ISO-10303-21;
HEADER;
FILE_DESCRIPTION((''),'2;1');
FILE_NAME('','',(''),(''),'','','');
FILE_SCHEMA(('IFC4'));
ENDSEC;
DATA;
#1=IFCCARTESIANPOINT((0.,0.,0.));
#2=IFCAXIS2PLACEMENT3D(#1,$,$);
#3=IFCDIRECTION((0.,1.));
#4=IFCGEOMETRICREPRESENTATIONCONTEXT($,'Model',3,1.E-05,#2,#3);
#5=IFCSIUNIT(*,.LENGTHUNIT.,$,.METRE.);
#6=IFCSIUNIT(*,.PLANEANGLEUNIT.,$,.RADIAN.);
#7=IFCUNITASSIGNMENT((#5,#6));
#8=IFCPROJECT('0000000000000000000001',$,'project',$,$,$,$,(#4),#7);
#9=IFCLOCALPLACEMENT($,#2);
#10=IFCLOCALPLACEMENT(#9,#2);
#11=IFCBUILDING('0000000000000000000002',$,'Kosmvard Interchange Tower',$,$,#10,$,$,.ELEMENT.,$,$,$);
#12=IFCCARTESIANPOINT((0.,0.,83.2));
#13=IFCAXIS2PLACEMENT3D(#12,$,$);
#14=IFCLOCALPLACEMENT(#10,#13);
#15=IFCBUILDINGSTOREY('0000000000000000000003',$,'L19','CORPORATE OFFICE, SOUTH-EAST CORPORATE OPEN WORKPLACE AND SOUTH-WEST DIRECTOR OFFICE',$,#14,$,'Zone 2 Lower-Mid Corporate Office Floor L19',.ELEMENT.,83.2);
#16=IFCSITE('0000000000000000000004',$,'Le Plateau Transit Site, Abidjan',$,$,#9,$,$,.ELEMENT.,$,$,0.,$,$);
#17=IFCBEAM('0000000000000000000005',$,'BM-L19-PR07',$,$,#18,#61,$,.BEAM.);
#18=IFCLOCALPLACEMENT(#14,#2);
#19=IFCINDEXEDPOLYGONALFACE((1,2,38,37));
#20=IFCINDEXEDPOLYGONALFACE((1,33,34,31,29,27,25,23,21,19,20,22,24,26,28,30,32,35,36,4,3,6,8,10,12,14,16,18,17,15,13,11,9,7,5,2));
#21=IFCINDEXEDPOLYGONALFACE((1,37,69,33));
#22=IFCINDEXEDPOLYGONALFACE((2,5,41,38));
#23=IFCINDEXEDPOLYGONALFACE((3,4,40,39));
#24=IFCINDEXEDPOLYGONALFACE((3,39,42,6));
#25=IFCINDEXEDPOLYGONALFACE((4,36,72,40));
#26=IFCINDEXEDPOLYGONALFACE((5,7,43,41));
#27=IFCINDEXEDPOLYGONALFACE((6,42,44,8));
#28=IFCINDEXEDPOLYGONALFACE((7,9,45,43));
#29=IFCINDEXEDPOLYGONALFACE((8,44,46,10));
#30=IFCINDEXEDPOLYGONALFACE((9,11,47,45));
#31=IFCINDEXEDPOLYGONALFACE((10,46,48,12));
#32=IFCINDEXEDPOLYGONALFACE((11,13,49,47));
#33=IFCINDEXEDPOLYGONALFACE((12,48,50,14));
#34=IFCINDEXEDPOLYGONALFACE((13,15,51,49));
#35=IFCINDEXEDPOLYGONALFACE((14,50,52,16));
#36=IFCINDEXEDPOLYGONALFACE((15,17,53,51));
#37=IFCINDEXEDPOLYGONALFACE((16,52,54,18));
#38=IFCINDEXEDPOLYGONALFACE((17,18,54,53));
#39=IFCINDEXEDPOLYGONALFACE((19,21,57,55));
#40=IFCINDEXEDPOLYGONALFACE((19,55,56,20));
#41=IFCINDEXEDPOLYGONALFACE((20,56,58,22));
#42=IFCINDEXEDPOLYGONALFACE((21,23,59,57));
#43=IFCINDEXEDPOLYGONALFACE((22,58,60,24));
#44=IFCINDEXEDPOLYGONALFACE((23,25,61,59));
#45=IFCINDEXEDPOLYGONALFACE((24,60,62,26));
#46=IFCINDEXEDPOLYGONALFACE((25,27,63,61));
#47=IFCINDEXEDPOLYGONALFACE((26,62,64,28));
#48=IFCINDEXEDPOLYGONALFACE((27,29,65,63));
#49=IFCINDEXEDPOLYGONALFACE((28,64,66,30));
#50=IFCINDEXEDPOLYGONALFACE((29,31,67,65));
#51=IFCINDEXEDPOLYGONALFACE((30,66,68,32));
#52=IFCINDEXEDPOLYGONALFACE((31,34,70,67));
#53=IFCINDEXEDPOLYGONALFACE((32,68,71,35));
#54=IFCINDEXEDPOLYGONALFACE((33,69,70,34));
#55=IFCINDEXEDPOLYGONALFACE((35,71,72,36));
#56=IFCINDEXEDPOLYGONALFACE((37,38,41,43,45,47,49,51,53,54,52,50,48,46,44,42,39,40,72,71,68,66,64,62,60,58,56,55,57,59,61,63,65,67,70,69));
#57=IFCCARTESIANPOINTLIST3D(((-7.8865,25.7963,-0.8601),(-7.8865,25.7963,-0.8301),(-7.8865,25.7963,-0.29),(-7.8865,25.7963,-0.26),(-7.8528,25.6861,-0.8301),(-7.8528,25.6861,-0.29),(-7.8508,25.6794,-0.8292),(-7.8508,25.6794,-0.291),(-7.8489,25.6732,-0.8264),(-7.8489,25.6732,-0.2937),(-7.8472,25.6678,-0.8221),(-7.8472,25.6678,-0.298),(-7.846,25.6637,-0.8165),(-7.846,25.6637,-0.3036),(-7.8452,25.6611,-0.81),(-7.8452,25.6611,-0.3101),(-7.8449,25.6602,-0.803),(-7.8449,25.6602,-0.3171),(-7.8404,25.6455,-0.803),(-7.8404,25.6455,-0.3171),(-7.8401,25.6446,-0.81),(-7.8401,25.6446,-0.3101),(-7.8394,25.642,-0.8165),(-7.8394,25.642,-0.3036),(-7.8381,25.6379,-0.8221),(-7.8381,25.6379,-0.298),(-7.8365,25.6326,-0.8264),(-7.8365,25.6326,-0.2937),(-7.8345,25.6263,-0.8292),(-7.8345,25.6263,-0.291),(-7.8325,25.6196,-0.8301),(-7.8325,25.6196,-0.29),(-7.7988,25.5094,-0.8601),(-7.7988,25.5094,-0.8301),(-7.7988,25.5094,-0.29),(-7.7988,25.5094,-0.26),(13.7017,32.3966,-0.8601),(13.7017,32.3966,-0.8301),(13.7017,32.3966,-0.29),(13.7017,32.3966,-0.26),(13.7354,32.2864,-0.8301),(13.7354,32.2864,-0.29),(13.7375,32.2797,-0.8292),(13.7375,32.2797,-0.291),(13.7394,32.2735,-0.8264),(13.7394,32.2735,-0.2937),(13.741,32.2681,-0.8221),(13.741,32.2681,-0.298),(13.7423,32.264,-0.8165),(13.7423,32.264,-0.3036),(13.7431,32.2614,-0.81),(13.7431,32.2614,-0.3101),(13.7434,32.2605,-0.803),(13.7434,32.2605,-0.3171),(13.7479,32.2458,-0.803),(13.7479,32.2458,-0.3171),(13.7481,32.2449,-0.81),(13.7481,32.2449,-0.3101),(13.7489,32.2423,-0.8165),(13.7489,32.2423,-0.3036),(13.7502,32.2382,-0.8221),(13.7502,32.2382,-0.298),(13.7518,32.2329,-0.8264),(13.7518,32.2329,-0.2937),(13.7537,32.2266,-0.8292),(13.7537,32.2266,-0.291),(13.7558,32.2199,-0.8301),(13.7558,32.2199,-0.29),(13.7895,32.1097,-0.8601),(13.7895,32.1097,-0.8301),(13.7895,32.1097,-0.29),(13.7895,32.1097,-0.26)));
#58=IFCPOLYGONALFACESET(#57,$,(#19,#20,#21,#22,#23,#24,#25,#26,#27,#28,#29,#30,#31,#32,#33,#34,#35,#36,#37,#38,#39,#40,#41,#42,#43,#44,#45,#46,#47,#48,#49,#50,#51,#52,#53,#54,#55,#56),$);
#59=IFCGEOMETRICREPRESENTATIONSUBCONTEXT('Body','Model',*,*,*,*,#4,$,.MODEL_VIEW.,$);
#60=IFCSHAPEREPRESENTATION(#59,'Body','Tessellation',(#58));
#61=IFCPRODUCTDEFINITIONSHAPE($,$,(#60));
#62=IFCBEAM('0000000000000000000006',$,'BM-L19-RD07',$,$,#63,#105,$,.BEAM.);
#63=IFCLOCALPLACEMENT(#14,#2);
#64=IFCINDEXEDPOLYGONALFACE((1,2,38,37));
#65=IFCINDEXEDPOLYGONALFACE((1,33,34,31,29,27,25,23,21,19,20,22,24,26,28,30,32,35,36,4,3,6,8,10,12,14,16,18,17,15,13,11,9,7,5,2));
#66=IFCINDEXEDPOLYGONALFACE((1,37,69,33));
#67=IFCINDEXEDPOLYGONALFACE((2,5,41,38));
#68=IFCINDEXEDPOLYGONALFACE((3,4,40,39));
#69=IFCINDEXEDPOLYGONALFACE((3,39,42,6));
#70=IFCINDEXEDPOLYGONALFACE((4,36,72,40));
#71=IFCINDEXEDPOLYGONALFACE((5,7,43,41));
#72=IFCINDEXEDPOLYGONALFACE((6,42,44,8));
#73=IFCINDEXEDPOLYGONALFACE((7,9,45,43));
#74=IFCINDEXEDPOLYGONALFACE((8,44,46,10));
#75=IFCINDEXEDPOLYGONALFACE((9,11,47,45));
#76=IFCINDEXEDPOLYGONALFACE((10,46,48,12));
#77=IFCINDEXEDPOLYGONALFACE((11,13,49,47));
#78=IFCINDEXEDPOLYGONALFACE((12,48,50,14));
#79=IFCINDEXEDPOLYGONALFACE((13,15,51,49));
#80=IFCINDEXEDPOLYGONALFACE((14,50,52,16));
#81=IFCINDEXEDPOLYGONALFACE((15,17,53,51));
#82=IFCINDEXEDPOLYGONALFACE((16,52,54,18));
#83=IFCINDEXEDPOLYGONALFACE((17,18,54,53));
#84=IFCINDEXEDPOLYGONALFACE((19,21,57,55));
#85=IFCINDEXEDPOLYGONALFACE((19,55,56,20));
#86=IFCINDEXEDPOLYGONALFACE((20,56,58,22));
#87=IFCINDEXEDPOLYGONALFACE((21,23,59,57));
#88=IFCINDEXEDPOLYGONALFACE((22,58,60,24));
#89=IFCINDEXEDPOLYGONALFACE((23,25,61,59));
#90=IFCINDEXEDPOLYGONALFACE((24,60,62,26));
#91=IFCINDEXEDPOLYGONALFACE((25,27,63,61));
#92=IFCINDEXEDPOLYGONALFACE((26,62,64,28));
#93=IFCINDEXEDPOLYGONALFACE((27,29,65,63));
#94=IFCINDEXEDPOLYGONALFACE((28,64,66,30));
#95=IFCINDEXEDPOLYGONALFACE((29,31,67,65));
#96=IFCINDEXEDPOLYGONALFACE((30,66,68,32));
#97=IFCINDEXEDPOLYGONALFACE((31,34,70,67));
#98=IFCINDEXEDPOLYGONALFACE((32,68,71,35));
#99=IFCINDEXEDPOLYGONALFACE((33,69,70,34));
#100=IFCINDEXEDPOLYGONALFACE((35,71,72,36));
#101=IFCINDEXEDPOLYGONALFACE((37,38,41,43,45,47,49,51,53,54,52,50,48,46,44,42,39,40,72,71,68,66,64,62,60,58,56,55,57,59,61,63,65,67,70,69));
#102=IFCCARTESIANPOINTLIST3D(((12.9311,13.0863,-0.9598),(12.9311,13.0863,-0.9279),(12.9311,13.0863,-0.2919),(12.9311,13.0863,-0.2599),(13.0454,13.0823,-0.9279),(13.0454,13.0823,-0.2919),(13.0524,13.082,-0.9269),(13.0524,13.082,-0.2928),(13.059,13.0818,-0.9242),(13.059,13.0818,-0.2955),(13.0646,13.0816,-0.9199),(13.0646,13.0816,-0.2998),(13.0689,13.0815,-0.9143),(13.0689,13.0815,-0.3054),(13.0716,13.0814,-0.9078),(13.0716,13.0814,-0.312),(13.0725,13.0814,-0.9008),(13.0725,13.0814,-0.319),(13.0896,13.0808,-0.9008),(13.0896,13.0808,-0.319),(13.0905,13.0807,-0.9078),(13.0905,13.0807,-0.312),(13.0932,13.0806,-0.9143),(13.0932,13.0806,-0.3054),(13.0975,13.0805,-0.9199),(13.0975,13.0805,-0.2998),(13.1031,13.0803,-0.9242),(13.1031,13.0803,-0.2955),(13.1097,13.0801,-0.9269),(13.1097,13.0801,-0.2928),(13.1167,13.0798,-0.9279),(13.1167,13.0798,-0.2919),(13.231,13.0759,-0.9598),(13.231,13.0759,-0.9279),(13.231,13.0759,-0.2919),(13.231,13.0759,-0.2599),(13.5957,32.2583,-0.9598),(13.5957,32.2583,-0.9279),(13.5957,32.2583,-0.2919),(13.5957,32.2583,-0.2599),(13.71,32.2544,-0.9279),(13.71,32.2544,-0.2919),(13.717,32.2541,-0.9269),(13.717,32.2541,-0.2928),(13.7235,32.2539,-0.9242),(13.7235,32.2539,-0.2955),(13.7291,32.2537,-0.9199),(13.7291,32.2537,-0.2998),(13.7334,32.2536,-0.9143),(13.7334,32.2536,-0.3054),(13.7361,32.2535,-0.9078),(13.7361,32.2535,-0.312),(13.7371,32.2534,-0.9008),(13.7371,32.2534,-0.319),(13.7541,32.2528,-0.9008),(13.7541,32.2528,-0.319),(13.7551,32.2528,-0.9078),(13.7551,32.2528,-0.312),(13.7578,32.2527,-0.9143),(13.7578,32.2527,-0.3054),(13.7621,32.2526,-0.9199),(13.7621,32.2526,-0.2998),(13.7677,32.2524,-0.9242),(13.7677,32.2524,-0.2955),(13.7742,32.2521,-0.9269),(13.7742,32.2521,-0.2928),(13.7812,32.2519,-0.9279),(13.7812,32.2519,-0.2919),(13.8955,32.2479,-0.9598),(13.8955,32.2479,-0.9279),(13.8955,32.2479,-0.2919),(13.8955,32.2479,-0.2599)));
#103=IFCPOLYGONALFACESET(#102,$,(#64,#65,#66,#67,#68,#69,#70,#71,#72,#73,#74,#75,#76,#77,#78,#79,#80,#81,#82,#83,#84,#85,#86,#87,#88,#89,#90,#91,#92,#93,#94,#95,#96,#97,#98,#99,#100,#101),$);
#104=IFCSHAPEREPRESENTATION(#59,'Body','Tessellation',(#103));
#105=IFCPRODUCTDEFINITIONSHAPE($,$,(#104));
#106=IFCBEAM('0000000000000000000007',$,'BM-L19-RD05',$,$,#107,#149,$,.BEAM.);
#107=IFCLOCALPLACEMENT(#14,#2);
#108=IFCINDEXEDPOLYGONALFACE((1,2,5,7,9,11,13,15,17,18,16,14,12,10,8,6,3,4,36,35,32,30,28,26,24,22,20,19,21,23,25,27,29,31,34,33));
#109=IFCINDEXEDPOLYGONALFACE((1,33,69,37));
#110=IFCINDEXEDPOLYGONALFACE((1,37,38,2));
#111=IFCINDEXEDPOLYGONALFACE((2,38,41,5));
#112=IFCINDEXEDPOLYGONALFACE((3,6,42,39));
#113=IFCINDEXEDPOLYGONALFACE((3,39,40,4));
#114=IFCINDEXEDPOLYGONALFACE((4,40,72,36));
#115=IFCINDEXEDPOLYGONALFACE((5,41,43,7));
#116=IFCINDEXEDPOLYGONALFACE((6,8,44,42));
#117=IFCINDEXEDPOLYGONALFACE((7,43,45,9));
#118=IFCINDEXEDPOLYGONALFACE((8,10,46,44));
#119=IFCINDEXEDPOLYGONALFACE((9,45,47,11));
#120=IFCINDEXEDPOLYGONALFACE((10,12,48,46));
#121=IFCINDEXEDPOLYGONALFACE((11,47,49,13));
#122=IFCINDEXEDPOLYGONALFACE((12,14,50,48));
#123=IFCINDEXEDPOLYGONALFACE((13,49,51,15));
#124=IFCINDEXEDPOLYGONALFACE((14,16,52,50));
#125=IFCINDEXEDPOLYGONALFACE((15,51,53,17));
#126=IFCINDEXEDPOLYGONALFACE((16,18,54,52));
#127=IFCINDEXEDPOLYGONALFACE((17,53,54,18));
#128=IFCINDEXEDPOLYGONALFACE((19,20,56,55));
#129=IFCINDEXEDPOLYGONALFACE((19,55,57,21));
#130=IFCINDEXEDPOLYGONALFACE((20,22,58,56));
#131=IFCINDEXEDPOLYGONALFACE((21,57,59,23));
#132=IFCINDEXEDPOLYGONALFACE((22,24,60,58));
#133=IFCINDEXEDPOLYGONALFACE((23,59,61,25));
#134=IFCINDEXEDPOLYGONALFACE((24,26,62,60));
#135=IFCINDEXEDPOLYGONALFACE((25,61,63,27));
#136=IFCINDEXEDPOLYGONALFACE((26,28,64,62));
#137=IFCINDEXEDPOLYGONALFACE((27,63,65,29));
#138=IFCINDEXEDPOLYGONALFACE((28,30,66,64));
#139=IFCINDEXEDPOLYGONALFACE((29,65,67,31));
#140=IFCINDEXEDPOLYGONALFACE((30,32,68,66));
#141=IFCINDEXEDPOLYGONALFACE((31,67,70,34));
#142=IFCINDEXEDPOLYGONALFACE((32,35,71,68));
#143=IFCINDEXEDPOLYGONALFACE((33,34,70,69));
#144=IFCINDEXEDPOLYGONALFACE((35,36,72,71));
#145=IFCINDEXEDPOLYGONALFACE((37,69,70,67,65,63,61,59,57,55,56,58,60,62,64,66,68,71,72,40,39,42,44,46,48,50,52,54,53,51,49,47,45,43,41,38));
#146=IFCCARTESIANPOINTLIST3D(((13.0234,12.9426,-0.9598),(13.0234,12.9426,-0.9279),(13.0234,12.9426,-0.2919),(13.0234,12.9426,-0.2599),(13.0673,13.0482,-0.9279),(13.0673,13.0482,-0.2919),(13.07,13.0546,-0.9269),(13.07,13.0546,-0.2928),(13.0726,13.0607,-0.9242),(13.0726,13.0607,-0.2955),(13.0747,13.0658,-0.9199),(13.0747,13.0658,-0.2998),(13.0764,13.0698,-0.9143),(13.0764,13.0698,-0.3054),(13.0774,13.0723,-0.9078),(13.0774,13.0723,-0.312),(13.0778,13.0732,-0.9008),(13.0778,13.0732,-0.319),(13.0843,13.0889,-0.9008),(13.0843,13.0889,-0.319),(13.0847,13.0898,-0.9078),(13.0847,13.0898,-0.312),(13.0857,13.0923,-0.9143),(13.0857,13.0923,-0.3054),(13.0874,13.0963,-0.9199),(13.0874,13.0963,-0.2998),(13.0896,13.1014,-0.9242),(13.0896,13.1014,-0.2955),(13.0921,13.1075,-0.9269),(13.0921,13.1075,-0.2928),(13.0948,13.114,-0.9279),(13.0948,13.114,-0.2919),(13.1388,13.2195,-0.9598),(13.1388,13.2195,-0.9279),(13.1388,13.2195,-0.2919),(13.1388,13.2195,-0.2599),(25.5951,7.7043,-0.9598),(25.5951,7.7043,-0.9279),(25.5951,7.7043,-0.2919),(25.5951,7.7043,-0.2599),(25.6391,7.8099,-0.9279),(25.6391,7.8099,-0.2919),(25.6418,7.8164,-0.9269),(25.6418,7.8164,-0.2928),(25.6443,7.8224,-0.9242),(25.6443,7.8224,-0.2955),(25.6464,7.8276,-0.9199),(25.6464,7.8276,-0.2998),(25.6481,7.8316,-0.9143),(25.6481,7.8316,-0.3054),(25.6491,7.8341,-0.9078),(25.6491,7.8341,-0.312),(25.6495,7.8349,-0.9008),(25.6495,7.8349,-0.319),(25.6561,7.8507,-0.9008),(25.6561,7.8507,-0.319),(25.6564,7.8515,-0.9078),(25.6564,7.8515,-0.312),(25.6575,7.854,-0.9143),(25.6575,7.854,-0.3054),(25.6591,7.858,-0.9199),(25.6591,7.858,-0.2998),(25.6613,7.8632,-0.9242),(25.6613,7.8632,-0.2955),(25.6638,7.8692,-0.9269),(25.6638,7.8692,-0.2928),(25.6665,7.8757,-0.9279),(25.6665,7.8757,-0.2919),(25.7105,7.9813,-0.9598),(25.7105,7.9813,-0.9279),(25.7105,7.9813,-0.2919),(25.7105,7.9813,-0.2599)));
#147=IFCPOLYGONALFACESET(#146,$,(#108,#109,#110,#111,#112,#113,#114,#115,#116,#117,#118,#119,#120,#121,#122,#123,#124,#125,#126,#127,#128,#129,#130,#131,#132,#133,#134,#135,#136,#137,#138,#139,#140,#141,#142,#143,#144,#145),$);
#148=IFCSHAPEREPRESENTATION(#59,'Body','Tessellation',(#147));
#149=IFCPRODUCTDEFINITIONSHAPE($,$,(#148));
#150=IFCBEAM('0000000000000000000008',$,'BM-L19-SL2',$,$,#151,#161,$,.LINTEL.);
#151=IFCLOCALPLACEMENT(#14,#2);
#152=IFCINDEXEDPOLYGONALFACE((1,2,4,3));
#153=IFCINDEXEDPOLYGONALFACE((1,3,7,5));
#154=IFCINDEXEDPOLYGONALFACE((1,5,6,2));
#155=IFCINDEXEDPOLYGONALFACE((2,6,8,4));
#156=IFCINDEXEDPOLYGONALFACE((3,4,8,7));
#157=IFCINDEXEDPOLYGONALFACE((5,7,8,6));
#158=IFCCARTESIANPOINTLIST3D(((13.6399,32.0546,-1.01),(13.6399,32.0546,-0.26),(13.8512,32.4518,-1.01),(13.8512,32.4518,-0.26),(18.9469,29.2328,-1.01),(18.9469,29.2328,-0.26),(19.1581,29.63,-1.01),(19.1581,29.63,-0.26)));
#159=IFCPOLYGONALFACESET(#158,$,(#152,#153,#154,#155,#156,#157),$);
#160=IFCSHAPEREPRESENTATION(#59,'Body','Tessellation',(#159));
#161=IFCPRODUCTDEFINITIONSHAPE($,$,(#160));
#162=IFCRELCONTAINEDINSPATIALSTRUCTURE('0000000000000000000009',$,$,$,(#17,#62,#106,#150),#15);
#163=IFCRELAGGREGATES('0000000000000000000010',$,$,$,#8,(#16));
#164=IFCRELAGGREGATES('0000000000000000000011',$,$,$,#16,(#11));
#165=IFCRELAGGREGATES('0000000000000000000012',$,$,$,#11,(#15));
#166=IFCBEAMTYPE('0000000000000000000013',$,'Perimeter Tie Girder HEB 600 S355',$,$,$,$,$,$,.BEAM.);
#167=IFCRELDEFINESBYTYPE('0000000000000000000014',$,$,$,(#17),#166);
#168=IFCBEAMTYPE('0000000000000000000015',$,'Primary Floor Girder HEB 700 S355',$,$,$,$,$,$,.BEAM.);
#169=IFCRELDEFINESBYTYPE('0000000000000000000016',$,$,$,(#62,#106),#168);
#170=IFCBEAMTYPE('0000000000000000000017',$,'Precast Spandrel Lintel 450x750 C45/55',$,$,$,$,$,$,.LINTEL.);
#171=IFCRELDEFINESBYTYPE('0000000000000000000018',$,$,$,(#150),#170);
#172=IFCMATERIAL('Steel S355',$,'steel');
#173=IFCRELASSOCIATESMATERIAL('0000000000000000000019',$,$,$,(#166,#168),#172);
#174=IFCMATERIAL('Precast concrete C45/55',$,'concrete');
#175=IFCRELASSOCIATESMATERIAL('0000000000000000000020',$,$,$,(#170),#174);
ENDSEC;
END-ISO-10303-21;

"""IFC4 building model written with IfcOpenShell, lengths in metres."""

from ifc_helpers import new_model, si_unit, direction, frame, origin, origin_2d, place, context, subcontext, project, spatial, rectangle, i_section, extrude, source, transform, mapped, material, material_profile, profile_set, type_object, element, save


model = new_model("IFC4")

# Units and contexts
model_context = context("Model", 3, precision=1e-05, world=origin(), true_north=direction((0.0, 1.0)))
body_context = subcontext(model_context, "Body", "Model", "MODEL_VIEW")
ifc_project = project(units=[si_unit("LENGTHUNIT", "METRE"), si_unit("PLANEANGLEUNIT", "RADIAN")], contexts=[model_context])

# Site, building, storey
site_placement = place(None, origin())
site = spatial("IfcSite", under=ifc_project, at=site_placement, Name="Le Plateau Transit Site, Abidjan", CompositionType="ELEMENT", RefElevation=0.0)
building_placement = place(site_placement, origin())
building = spatial("IfcBuilding", under=site, at=building_placement, Name="Kosmvard Interchange Tower", CompositionType="ELEMENT")
storey_placement = place(building_placement, frame((0.0, 0.0, 83.2)))
storey = spatial("IfcBuildingStorey", under=building, at=storey_placement, Name="L19", Description="CORPORATE OFFICE, SOUTH-EAST CORPORATE OPEN WORKPLACE AND SOUTH-WEST DIRECTOR OFFICE", LongName="Zone 2 Lower-Mid Corporate Office Floor L19", CompositionType="ELEMENT", Elevation=83.2)

# Beams
ifc_material_1 = material(Name="Steel S355", Category="steel")
ifc_material_profile_1 = material_profile(ifc_material_1, i_section(OverallWidth=0.3, OverallDepth=0.6001, WebThickness=0.0154, FlangeThickness=0.03, FilletRadius=0.0271, at=origin_2d()), Name="HEB 600")
ifc_profile_set_1 = profile_set([ifc_material_profile_1], Name="Steel S355")
beam_type_1 = type_object("IfcBeamType", Name="Perimeter Tie Girder HEB 600 S355", PredefinedType="BEAM", material=ifc_profile_set_1)
shared_shape_1 = source(origin(), body_context, "Body", "SweptSolid", [
    extrude(i_section(OverallWidth=0.3, OverallDepth=0.6001, WebThickness=0.0154, FlangeThickness=0.03, FilletRadius=0.0271, at=origin_2d()), origin(), (0.0, 0.0, 1.0), 22.5747),
])
beam_1_placement = place(storey_placement, frame((13.7456, 32.2532, -0.5601), z_axis=(-0.956303, -0.292376, 0.0), x_axis=(0.292376, -0.956303, 0.0)))
element("IfcBeam", 1, at=beam_1_placement, inside=storey, type_object=beam_type_1, Name="BM-L19-PR07", PredefinedType="BEAM", context=body_context, shape_type="MappedRepresentation", body=[
    mapped(shared_shape_1, transform((0.0, 0.0, 0.0), scale=1.0)),
])
ifc_material_profile_2 = material_profile(ifc_material_1, i_section(OverallWidth=0.3, OverallDepth=0.7, WebThickness=0.0171, FlangeThickness=0.032, FilletRadius=0.0271, at=origin_2d()), Name="HEB 700")
ifc_profile_set_2 = profile_set([ifc_material_profile_2], Name="Steel S355")
beam_type_2 = type_object("IfcBeamType", Name="Primary Floor Girder HEB 700 S355", PredefinedType="BEAM", material=ifc_profile_set_2)
shared_shape_2 = source(origin(), body_context, "Body", "SweptSolid", [
    extrude(i_section(OverallWidth=0.3, OverallDepth=0.7, WebThickness=0.0171, FlangeThickness=0.032, FilletRadius=0.0271, at=origin_2d()), origin(), (0.0, 0.0, 1.0), 19.1836),
])
beam_2_placement = place(storey_placement, frame((13.0811, 13.0811, -0.6099), z_axis=(0.034642, 0.9994, 0.0), x_axis=(-0.9994, 0.034642, 0.0)))
element("IfcBeam", 2, at=beam_2_placement, inside=storey, type_object=beam_type_2, Name="BM-L19-RD07", PredefinedType="BEAM", context=body_context, shape_type="MappedRepresentation", body=[
    mapped(shared_shape_2, transform((0.0, 0.0, 0.0), scale=1.0)),
])
shared_shape_3 = source(origin(), body_context, "Body", "SweptSolid", [
    extrude(i_section(OverallWidth=0.3, OverallDepth=0.7, WebThickness=0.0171, FlangeThickness=0.032, FilletRadius=0.0271, at=origin_2d()), origin(), (0.0, 0.0, 1.0), 13.6194),
])
beam_3_placement = place(storey_placement, frame((13.0811, 13.0811, -0.6099), z_axis=(0.923076, -0.384618, 0.0), x_axis=(0.384618, 0.923076, 0.0)))
element("IfcBeam", 3, at=beam_3_placement, inside=storey, type_object=beam_type_2, Name="BM-L19-RD05", PredefinedType="BEAM", context=body_context, shape_type="MappedRepresentation", body=[
    mapped(shared_shape_3, transform((0.0, 0.0, 0.0), scale=1.0)),
])
ifc_material_2 = material(Name="Precast concrete C45/55", Category="concrete")
ifc_material_profile_3 = material_profile(ifc_material_2, rectangle(XDim=0.45, YDim=0.75, at=origin_2d()), Name="SL 450x750")
ifc_profile_set_3 = profile_set([ifc_material_profile_3], Name="Precast concrete C45/55")
beam_type_3 = type_object("IfcBeamType", Name="Precast Spandrel Lintel 450x750 C45/55", PredefinedType="LINTEL", material=ifc_profile_set_3)
shared_shape_4 = source(origin(), body_context, "Body", "SweptSolid", [
    extrude(rectangle(XDim=0.45, YDim=0.75, at=origin_2d()), origin(), (0.0, 0.0, 1.0), 6.0105),
])
beam_4_placement = place(storey_placement, frame((19.0525, 29.4314, -0.635), z_axis=(-0.882944, 0.469479, 0.0), x_axis=(-0.469479, -0.882944, 0.0)))
element("IfcBeam", 4, at=beam_4_placement, inside=storey, type_object=beam_type_3, Name="BM-L19-SL2", PredefinedType="LINTEL", context=body_context, shape_type="MappedRepresentation", body=[
    mapped(shared_shape_4, transform((0.0, 0.0, 0.0), scale=1.0)),
])

save(model, "model.ifc")
